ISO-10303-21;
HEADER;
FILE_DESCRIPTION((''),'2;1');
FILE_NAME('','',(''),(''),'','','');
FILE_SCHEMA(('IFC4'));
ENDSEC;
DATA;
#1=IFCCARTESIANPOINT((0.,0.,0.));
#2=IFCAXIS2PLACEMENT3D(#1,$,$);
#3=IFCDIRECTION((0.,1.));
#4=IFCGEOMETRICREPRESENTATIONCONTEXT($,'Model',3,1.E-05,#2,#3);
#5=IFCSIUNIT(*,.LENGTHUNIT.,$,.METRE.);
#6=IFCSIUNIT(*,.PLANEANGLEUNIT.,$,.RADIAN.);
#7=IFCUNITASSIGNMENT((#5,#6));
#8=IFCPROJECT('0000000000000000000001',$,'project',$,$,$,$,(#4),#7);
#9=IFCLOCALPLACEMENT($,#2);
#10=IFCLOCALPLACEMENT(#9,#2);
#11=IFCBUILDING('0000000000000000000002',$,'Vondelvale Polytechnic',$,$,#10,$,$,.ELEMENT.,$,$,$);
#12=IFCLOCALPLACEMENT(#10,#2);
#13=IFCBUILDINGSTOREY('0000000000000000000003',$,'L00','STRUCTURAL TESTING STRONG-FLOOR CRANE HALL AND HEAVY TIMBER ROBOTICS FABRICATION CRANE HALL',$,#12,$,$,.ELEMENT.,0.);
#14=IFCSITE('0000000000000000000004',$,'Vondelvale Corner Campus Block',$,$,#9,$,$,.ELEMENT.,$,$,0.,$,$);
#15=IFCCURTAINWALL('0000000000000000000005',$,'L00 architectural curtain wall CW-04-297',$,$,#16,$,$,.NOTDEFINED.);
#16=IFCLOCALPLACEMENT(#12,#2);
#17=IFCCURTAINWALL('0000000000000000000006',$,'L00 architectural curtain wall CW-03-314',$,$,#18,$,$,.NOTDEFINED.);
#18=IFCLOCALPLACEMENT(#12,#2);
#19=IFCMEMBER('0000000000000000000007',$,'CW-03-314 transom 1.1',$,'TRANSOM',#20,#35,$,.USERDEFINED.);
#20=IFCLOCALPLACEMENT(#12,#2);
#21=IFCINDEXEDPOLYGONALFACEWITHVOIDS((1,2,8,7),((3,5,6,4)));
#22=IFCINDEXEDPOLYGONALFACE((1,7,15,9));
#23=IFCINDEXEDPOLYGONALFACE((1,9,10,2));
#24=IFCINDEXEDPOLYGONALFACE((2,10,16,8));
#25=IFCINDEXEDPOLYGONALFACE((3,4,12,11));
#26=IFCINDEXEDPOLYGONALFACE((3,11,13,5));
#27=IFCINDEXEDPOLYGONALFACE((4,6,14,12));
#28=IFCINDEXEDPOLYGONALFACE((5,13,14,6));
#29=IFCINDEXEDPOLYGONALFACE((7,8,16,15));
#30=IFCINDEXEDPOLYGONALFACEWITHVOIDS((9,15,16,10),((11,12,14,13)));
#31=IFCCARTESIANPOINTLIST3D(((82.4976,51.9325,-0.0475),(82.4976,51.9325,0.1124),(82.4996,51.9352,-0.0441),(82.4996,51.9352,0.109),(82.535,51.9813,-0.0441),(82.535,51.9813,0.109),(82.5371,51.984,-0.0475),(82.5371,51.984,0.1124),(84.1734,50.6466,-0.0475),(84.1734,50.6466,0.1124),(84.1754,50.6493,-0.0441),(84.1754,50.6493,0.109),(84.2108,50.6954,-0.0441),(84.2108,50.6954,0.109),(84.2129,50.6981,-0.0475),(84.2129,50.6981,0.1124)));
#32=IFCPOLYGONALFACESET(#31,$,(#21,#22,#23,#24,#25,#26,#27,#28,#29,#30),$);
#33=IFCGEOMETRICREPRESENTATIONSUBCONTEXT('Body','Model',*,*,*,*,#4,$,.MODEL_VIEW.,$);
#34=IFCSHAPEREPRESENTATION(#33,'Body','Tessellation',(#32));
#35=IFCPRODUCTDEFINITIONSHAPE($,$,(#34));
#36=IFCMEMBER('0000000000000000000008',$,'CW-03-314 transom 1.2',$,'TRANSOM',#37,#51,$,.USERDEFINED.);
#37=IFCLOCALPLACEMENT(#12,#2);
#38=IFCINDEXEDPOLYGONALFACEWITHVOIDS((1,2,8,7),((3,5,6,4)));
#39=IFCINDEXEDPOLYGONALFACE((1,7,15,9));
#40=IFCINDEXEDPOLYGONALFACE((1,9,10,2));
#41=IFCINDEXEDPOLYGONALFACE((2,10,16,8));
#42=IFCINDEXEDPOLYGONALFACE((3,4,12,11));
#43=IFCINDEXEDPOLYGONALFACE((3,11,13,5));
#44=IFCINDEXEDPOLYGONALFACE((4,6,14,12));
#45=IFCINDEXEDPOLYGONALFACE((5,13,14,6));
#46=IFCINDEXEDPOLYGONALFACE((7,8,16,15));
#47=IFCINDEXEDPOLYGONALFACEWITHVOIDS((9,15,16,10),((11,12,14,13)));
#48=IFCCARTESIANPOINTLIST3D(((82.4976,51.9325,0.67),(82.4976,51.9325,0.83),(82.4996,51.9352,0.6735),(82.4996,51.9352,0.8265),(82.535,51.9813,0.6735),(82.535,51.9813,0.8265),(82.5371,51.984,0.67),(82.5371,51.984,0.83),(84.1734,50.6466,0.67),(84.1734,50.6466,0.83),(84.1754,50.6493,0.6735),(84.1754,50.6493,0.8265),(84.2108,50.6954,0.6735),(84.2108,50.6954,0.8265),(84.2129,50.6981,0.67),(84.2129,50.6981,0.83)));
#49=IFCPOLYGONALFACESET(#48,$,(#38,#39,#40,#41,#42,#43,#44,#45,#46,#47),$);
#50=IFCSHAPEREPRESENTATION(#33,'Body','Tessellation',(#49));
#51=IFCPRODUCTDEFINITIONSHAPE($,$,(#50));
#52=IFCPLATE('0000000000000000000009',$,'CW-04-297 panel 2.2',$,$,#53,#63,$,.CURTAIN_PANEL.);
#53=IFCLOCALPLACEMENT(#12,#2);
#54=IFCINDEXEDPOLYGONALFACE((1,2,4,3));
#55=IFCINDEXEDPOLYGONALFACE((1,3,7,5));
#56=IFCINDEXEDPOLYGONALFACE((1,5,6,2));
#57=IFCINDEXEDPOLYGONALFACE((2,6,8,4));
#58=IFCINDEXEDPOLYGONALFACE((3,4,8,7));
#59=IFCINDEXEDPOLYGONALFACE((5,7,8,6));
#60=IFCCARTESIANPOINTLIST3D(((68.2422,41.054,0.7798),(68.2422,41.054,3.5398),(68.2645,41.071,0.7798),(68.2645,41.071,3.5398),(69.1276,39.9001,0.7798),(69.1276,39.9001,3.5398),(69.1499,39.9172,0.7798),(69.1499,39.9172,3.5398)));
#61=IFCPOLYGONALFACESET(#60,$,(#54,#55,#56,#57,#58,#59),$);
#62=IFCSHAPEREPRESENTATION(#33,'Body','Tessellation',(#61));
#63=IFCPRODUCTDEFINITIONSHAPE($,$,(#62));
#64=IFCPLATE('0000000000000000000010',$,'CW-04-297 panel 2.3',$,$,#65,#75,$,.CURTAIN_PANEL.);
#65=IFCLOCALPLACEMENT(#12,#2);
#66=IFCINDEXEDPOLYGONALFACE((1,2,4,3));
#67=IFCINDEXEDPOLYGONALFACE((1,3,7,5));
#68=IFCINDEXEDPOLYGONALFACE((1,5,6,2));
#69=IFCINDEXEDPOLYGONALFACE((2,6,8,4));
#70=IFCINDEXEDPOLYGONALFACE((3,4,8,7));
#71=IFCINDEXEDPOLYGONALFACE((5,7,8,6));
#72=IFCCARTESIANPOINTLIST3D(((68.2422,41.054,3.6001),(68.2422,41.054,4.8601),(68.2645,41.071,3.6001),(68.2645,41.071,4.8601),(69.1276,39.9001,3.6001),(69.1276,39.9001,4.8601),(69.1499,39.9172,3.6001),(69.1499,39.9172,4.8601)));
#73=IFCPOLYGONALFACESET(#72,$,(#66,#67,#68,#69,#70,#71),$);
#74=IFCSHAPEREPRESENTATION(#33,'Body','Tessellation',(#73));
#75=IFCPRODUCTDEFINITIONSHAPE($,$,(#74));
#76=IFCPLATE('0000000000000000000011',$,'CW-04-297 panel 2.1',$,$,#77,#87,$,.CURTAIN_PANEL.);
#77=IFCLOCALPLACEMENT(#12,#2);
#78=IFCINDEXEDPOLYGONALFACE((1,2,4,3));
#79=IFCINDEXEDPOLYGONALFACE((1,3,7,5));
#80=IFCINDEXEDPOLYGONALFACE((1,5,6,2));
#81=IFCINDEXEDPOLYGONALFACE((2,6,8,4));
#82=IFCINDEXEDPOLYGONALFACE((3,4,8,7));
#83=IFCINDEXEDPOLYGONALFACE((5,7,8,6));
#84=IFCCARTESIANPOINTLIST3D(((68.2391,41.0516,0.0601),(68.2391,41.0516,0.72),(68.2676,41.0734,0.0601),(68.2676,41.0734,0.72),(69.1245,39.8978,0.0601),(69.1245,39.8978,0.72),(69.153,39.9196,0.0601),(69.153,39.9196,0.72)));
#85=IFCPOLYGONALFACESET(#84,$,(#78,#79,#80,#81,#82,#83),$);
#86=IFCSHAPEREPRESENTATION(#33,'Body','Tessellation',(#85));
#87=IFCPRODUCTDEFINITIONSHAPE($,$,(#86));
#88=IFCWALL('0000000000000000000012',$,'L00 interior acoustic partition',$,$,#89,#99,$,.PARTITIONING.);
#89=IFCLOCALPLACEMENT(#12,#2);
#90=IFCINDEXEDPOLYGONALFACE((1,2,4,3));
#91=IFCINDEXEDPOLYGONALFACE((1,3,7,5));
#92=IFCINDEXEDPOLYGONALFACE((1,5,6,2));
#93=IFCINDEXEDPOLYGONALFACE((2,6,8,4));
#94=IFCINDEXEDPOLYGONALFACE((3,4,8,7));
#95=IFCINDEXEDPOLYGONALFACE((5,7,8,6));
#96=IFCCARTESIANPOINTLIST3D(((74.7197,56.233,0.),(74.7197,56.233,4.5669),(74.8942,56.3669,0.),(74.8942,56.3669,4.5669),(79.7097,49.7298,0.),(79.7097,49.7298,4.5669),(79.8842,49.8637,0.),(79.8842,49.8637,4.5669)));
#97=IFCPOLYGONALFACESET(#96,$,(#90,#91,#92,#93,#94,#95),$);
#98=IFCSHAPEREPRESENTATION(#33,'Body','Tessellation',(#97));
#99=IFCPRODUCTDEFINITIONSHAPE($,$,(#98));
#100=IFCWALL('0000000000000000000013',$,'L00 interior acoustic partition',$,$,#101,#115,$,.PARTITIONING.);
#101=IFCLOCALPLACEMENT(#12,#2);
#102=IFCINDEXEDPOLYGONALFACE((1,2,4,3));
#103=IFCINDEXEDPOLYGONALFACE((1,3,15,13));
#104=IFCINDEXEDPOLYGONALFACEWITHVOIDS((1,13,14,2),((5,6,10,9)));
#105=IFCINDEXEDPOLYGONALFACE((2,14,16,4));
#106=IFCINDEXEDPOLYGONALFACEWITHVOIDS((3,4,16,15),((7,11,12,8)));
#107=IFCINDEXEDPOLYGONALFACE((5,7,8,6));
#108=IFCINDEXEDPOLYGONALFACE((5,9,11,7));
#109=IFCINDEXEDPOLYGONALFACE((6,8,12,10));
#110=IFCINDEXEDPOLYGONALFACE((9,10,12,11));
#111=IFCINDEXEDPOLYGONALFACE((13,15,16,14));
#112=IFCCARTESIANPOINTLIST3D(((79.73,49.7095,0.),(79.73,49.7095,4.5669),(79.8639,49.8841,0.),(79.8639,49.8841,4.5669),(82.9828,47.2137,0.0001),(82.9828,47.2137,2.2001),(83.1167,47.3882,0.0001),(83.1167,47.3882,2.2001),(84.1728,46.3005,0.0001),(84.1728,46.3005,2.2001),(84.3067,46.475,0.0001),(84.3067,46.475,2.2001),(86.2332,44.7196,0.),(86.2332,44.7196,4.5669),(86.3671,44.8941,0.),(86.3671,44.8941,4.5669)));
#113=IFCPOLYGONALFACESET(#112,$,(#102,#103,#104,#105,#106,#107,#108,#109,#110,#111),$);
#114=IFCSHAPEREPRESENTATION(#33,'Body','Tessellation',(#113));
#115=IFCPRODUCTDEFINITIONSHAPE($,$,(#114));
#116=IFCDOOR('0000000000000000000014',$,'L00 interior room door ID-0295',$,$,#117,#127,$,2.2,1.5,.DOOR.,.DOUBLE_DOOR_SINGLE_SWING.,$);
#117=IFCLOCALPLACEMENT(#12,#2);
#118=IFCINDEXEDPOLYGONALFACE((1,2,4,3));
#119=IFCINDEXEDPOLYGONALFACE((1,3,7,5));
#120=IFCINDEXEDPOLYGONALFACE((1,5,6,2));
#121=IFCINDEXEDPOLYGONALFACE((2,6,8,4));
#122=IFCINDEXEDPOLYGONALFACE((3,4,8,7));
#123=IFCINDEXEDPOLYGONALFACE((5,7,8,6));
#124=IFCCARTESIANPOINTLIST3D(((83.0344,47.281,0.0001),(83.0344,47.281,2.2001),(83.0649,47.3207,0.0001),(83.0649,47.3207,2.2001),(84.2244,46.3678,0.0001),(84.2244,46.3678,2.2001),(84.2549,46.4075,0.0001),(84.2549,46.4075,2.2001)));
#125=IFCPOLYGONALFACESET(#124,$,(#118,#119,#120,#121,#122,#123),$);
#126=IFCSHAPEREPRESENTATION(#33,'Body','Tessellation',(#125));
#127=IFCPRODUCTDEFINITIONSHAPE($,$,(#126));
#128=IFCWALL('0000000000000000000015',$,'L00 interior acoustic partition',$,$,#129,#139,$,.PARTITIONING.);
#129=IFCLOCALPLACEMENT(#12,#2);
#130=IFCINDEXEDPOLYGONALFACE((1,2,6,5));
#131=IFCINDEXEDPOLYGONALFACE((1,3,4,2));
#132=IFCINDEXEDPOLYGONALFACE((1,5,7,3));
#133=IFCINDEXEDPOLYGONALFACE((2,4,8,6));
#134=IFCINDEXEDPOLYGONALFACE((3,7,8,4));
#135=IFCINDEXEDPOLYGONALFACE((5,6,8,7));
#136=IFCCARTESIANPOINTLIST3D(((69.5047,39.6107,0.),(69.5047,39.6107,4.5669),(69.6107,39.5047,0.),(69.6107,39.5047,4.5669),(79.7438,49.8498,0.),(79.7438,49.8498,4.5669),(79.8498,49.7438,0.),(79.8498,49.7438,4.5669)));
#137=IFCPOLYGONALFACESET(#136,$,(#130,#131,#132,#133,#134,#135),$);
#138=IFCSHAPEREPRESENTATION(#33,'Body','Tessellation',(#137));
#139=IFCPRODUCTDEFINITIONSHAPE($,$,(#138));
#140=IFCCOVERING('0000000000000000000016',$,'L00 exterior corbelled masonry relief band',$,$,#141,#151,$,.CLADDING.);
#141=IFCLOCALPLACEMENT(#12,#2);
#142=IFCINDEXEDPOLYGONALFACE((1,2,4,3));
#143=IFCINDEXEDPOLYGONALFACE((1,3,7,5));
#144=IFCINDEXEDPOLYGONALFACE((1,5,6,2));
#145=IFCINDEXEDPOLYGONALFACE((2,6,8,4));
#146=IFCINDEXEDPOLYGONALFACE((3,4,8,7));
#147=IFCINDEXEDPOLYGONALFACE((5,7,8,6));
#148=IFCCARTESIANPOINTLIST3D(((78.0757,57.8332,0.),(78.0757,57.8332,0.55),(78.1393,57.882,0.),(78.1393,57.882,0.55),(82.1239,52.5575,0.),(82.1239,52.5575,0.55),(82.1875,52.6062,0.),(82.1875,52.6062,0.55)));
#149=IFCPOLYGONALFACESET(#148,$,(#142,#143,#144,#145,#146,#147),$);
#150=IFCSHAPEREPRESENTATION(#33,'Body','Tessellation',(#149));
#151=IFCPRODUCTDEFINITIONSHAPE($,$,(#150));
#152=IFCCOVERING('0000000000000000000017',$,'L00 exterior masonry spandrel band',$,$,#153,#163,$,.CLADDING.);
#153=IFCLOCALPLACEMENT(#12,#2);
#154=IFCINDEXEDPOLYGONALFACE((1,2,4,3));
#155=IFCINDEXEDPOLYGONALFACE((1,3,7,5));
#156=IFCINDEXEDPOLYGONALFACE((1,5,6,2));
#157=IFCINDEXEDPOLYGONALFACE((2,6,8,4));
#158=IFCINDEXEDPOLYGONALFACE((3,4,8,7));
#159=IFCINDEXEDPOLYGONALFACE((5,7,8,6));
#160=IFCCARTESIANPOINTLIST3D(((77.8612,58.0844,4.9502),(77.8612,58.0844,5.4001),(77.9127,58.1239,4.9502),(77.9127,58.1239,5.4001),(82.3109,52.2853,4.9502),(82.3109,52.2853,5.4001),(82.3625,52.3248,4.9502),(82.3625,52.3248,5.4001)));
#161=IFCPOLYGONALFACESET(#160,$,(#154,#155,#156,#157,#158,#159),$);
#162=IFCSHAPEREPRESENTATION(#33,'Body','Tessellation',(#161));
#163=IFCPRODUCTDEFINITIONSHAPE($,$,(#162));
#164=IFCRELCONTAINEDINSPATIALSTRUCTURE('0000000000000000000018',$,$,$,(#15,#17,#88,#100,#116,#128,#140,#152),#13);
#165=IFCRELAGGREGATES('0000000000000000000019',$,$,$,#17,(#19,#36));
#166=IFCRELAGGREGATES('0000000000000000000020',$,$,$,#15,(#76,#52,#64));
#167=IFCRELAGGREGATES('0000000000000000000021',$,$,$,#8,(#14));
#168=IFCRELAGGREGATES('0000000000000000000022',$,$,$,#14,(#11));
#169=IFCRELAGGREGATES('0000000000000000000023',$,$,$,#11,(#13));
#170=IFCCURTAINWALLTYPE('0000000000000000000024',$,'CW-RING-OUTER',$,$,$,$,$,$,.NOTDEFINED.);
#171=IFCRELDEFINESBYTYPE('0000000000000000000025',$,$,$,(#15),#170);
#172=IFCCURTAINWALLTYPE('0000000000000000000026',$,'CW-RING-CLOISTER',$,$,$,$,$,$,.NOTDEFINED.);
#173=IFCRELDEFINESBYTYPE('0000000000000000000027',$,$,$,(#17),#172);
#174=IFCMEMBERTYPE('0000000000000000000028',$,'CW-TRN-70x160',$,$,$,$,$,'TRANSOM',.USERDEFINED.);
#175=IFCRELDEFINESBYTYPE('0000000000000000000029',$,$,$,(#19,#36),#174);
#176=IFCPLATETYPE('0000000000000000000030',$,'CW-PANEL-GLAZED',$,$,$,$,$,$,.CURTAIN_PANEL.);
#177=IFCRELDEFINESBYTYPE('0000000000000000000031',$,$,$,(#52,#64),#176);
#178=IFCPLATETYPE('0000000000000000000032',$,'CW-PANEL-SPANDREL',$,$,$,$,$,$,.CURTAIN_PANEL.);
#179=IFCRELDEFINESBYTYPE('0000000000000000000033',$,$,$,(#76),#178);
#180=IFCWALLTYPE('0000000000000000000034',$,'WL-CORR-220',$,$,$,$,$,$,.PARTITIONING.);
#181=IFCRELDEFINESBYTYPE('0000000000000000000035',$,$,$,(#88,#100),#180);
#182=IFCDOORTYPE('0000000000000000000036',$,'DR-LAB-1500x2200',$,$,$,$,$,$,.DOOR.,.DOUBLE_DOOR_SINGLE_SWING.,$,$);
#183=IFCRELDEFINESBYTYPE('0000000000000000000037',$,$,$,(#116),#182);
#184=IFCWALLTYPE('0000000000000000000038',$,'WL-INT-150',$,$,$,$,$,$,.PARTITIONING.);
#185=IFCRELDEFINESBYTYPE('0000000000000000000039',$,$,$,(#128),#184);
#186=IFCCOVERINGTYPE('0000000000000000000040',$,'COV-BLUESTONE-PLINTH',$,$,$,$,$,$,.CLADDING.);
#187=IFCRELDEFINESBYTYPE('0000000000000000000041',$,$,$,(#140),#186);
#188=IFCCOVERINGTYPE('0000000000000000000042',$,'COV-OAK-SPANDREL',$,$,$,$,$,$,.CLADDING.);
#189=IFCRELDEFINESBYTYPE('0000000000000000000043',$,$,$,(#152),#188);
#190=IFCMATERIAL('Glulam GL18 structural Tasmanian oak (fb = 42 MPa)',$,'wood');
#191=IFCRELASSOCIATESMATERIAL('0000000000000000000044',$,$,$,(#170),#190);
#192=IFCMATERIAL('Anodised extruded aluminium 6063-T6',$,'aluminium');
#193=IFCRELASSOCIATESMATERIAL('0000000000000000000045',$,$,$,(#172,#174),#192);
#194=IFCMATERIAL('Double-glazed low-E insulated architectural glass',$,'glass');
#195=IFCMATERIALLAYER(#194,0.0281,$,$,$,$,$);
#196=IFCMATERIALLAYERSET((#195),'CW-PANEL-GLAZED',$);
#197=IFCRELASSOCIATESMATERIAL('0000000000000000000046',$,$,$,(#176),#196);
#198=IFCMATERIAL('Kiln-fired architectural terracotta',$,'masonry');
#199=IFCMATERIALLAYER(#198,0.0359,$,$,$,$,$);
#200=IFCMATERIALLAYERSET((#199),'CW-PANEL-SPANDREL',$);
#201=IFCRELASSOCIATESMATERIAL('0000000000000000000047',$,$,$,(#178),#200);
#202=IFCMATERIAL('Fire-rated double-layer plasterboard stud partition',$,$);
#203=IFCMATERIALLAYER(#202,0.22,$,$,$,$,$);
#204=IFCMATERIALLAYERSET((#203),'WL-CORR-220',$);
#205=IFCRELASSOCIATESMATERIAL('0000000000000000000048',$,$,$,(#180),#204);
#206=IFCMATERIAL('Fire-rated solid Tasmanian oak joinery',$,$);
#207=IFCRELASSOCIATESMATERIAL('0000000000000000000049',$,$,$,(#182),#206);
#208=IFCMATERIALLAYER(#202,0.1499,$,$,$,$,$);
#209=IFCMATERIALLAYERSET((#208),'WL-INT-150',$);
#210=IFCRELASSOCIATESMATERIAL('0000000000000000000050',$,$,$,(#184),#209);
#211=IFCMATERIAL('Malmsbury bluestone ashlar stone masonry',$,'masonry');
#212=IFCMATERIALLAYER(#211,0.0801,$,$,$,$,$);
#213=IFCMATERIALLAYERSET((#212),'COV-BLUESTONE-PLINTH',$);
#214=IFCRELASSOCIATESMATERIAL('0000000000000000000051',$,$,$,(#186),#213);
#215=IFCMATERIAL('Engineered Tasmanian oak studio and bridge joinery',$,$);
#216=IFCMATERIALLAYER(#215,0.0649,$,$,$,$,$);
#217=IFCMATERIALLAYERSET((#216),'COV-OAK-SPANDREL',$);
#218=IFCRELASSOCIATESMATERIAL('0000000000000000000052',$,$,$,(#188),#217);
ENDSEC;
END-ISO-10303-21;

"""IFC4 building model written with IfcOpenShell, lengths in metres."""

from ifc_helpers import new_model, si_unit, direction, frame, frame_2d, origin, origin_2d, place, context, subcontext, project, spatial, rectangle, hollow_rectangle, extrude, material, layer, layer_set, material_profile, profile_set, type_object, element, fill, aggregate, save


model = new_model("IFC4")

# Units and contexts
model_context = context("Model", 3, precision=1e-05, world=origin(), true_north=direction((0.0, 1.0)))
body_context = subcontext(model_context, "Body", "Model", "MODEL_VIEW")
ifc_project = project(units=[si_unit("LENGTHUNIT", "METRE"), si_unit("PLANEANGLEUNIT", "RADIAN")], contexts=[model_context])

# Site, building, storey
site_placement = place(None, origin())
site = spatial("IfcSite", under=ifc_project, at=site_placement, Name="Vondelvale Corner Campus Block", CompositionType="ELEMENT", RefElevation=0.0)
building_placement = place(site_placement, origin())
building = spatial("IfcBuilding", under=site, at=building_placement, Name="Vondelvale Polytechnic", CompositionType="ELEMENT")
storey_placement = place(building_placement, origin())
storey = spatial("IfcBuildingStorey", under=building, at=storey_placement, Name="L00", Description="STRUCTURAL TESTING STRONG-FLOOR CRANE HALL AND HEAVY TIMBER ROBOTICS FABRICATION CRANE HALL", CompositionType="ELEMENT", Elevation=0.0)

# Curtain walls
ifc_material_1 = material(Name="Glulam GL18 structural Tasmanian oak (fb = 42 MPa)", Category="wood")
curtain_wall_type_1 = type_object("IfcCurtainWallType", Name="CW-RING-OUTER", PredefinedType="NOTDEFINED", material=ifc_material_1)
curtain_wall_1_placement = place(storey_placement, origin())
curtain_wall_1 = element("IfcCurtainWall", 1, at=curtain_wall_1_placement, inside=storey, type_object=curtain_wall_type_1, Name="L00 architectural curtain wall CW-04-297", PredefinedType="NOTDEFINED")
ifc_material_2 = material(Name="Anodised extruded aluminium 6063-T6", Category="aluminium")
curtain_wall_type_2 = type_object("IfcCurtainWallType", Name="CW-RING-CLOISTER", PredefinedType="NOTDEFINED", material=ifc_material_2)
curtain_wall_2_placement = place(storey_placement, origin())
curtain_wall_2 = element("IfcCurtainWall", 2, at=curtain_wall_2_placement, inside=storey, type_object=curtain_wall_type_2, Name="L00 architectural curtain wall CW-03-314", PredefinedType="NOTDEFINED")

# Members
ifc_material_profile_1 = material_profile(ifc_material_2, hollow_rectangle(XDim=0.0649, YDim=0.1599, WallThickness=0.0034, at=origin_2d()), Name="CW-TRN-160x65")
ifc_profile_set_1 = profile_set([ifc_material_profile_1], Name="Anodised extruded aluminium 6063-T6")
member_type_1 = type_object("IfcMemberType", Name="CW-TRN-70x160", ElementType="TRANSOM", PredefinedType="USERDEFINED", material=ifc_profile_set_1)
member_1_placement = place(storey_placement, frame((82.5173, 51.9583, 0.0325), z_axis=(0.79335, -0.608766, 0.0), x_axis=(0.608766, 0.79335, 0.0)))
member_1 = element("IfcMember", 3, at=member_1_placement, type_object=member_type_1, Name="CW-03-314 transom 1.1", ObjectType="TRANSOM", PredefinedType="USERDEFINED", context=body_context, shape_type="SweptSolid", body=[
    extrude(hollow_rectangle(XDim=0.0649, YDim=0.1599, WallThickness=0.0034, at=origin_2d()), origin(), (0.0, 0.0, 1.0), 2.1123),
])
member_2_placement = place(storey_placement, frame((82.5173, 51.9583, 0.75), z_axis=(0.79335, -0.608766, 0.0), x_axis=(0.608766, 0.79335, 0.0)))
member_2 = element("IfcMember", 4, at=member_2_placement, type_object=member_type_1, Name="CW-03-314 transom 1.2", ObjectType="TRANSOM", PredefinedType="USERDEFINED", context=body_context, shape_type="SweptSolid", body=[
    extrude(hollow_rectangle(XDim=0.0649, YDim=0.1599, WallThickness=0.0034, at=origin_2d()), origin(), (0.0, 0.0, 1.0), 2.1123),
])
aggregate(curtain_wall_2, [member_1, member_2])

# Plates
ifc_material_3 = material(Name="Double-glazed low-E insulated architectural glass", Category="glass")
ifc_layer_1 = layer(ifc_material_3, 0.0281)
ifc_layer_set_1 = layer_set([ifc_layer_1], Name="CW-PANEL-GLAZED")
plate_type_1 = type_object("IfcPlateType", Name="CW-PANEL-GLAZED", PredefinedType="CURTAIN_PANEL", material=ifc_layer_set_1)
plate_1_placement = place(storey_placement, frame((68.696, 40.4856, 0.7798), z_axis=(0.0, 0.0, 1.0), x_axis=(0.608764, -0.793352, 0.0)))
plate_1 = element("IfcPlate", 5, at=plate_1_placement, type_object=plate_type_1, Name="CW-04-297 panel 2.2", PredefinedType="CURTAIN_PANEL", context=body_context, shape_type="SweptSolid", body=[
    extrude(rectangle(XDim=1.4543, YDim=0.0281, at=origin_2d()), origin(), (0.0, 0.0, 1.0), 2.76),
])
plate_2_placement = place(storey_placement, frame((68.696, 40.4856, 3.6001), z_axis=(0.0, 0.0, 1.0), x_axis=(0.608764, -0.793352, 0.0)))
plate_2 = element("IfcPlate", 6, at=plate_2_placement, type_object=plate_type_1, Name="CW-04-297 panel 2.3", PredefinedType="CURTAIN_PANEL", context=body_context, shape_type="SweptSolid", body=[
    extrude(rectangle(XDim=1.4543, YDim=0.0281, at=origin_2d()), origin(), (0.0, 0.0, 1.0), 1.26),
])
ifc_material_4 = material(Name="Kiln-fired architectural terracotta", Category="masonry")
ifc_layer_2 = layer(ifc_material_4, 0.0359)
ifc_layer_set_2 = layer_set([ifc_layer_2], Name="CW-PANEL-SPANDREL")
plate_type_2 = type_object("IfcPlateType", Name="CW-PANEL-SPANDREL", PredefinedType="CURTAIN_PANEL", material=ifc_layer_set_2)
plate_3_placement = place(storey_placement, frame((68.696, 40.4856, 0.0601), z_axis=(0.0, 0.0, 1.0), x_axis=(0.608764, -0.793352, 0.0)))
plate_3 = element("IfcPlate", 7, at=plate_3_placement, type_object=plate_type_2, Name="CW-04-297 panel 2.1", PredefinedType="CURTAIN_PANEL", context=body_context, shape_type="SweptSolid", body=[
    extrude(rectangle(XDim=1.4543, YDim=0.0359, at=origin_2d()), origin(), (0.0, 0.0, 1.0), 0.6599),
])
aggregate(curtain_wall_1, [plate_3, plate_1, plate_2])

# Wall
ifc_material_5 = material(Name="Fire-rated double-layer plasterboard stud partition")
ifc_layer_3 = layer(ifc_material_5, 0.22)
ifc_layer_set_3 = layer_set([ifc_layer_3], Name="WL-CORR-220")
wall_type_1 = type_object("IfcWallType", Name="WL-CORR-220", PredefinedType="PARTITIONING", material=ifc_layer_set_3)
wall_1_placement = place(storey_placement, frame((74.8069, 56.3, 0.0), z_axis=(0.0, 0.0, 1.0), x_axis=(0.608756, -0.793357, 0.0)))
element("IfcWall", 8, at=wall_1_placement, inside=storey, type_object=wall_type_1, Name="L00 interior acoustic partition", PredefinedType="PARTITIONING", context=body_context, shape_type="SweptSolid", body=[
    extrude(rectangle(XDim=8.197, YDim=0.22, at=frame_2d((4.0986, 0.0))), origin(), (0.0, 0.0, 1.0), 4.5669),
])

# Wall, opening, door
wall_2_placement = place(storey_placement, frame((79.7969, 49.7969, 0.0), z_axis=(0.0, 0.0, 1.0), x_axis=(0.793357, -0.608756, 0.0)))
wall_2 = element("IfcWall", 9, at=wall_2_placement, inside=storey, type_object=wall_type_1, Name="L00 interior acoustic partition", PredefinedType="PARTITIONING", context=body_context, shape_type="SweptSolid", body=[
    extrude(rectangle(XDim=8.197, YDim=0.22, at=frame_2d((4.0986, 0.0))), origin(), (0.0, 0.0, 1.0), 4.5669),
])
opening_placement = place(wall_2_placement, frame((4.1001, 0.0, 0.0)))
opening = element("IfcOpeningElement", 10, at=opening_placement, cuts=wall_2, PredefinedType="OPENING", context=body_context, shape_type="SweptSolid", body=[
    extrude(rectangle(XDim=1.5, YDim=2.2, at=frame_2d((0.75, 1.1001))), frame((0.0, 0.1199, 0.0), z_axis=(0.0, -1.0, 0.0), x_axis=(1.0, 0.0, 0.0)), (0.0, 0.0, 1.0), 0.24),
])
ifc_material_6 = material(Name="Fire-rated solid Tasmanian oak joinery")
door_type = type_object("IfcDoorType", Name="DR-LAB-1500x2200", OperationType="DOUBLE_DOOR_SINGLE_SWING", PredefinedType="DOOR", material=ifc_material_6)
door_placement = place(opening_placement, origin())
door = element("IfcDoor", 11, at=door_placement, inside=storey, type_object=door_type, Name="L00 interior room door ID-0295", OperationType="DOUBLE_DOOR_SINGLE_SWING", OverallHeight=2.2, OverallWidth=1.5, PredefinedType="DOOR", context=body_context, shape_type="SweptSolid", body=[
    extrude(rectangle(XDim=1.5, YDim=2.2, at=frame_2d((0.75, 1.1001))), frame((0.0, 0.0249, 0.0), z_axis=(0.0, -1.0, 0.0), x_axis=(1.0, 0.0, 0.0)), (0.0, 0.0, 1.0), 0.05),
])
fill(opening, door)

# Wall
ifc_layer_4 = layer(ifc_material_5, 0.1499)
ifc_layer_set_4 = layer_set([ifc_layer_4], Name="WL-INT-150")
wall_type_2 = type_object("IfcWallType", Name="WL-INT-150", PredefinedType="PARTITIONING", material=ifc_layer_set_4)
wall_3_placement = place(storey_placement, frame((79.7969, 49.7969, 0.0), z_axis=(0.0, 0.0, 1.0), x_axis=(-0.707107, -0.707107, 0.0)))
element("IfcWall", 12, at=wall_3_placement, inside=storey, type_object=wall_type_2, Name="L00 interior acoustic partition", PredefinedType="PARTITIONING", context=body_context, shape_type="SweptSolid", body=[
    extrude(rectangle(XDim=14.4802, YDim=0.1499, at=frame_2d((7.2402, 0.0))), origin(), (0.0, 0.0, 1.0), 4.5669),
])

# Coverings
ifc_material_7 = material(Name="Malmsbury bluestone ashlar stone masonry", Category="masonry")
ifc_layer_5 = layer(ifc_material_7, 0.0801)
ifc_layer_set_5 = layer_set([ifc_layer_5], Name="COV-BLUESTONE-PLINTH")
covering_type_1 = type_object("IfcCoveringType", Name="COV-BLUESTONE-PLINTH", PredefinedType="CLADDING", material=ifc_layer_set_5)
covering_1_placement = place(storey_placement, frame((80.1316, 55.2197, 0.0), z_axis=(0.0, 0.0, 1.0), x_axis=(0.608761, -0.793353, 0.0)))
element("IfcCovering", 13, at=covering_1_placement, inside=storey, type_object=covering_type_1, Name="L00 exterior corbelled masonry relief band", PredefinedType="CLADDING", context=body_context, shape_type="SweptSolid", body=[
    extrude(rectangle(XDim=6.6499, YDim=0.0801, at=origin_2d()), origin(), (0.0, 0.0, 1.0), 0.55),
])
ifc_material_8 = material(Name="Engineered Tasmanian oak studio and bridge joinery")
ifc_layer_6 = layer(ifc_material_8, 0.0649)
ifc_layer_set_6 = layer_set([ifc_layer_6], Name="COV-OAK-SPANDREL")
covering_type_2 = type_object("IfcCoveringType", Name="COV-OAK-SPANDREL", PredefinedType="CLADDING", material=ifc_layer_set_6)
covering_2_placement = place(storey_placement, frame((80.1118, 55.2046, 4.9502), z_axis=(0.0, 0.0, 1.0), x_axis=(0.608761, -0.793353, 0.0)))
element("IfcCovering", 14, at=covering_2_placement, inside=storey, type_object=covering_type_2, Name="L00 exterior masonry spandrel band", PredefinedType="CLADDING", context=body_context, shape_type="SweptSolid", body=[
    extrude(rectangle(XDim=7.3096, YDim=0.0649, at=origin_2d()), origin(), (0.0, 0.0, 1.0), 0.45),
])

save(model, "model.ifc")
